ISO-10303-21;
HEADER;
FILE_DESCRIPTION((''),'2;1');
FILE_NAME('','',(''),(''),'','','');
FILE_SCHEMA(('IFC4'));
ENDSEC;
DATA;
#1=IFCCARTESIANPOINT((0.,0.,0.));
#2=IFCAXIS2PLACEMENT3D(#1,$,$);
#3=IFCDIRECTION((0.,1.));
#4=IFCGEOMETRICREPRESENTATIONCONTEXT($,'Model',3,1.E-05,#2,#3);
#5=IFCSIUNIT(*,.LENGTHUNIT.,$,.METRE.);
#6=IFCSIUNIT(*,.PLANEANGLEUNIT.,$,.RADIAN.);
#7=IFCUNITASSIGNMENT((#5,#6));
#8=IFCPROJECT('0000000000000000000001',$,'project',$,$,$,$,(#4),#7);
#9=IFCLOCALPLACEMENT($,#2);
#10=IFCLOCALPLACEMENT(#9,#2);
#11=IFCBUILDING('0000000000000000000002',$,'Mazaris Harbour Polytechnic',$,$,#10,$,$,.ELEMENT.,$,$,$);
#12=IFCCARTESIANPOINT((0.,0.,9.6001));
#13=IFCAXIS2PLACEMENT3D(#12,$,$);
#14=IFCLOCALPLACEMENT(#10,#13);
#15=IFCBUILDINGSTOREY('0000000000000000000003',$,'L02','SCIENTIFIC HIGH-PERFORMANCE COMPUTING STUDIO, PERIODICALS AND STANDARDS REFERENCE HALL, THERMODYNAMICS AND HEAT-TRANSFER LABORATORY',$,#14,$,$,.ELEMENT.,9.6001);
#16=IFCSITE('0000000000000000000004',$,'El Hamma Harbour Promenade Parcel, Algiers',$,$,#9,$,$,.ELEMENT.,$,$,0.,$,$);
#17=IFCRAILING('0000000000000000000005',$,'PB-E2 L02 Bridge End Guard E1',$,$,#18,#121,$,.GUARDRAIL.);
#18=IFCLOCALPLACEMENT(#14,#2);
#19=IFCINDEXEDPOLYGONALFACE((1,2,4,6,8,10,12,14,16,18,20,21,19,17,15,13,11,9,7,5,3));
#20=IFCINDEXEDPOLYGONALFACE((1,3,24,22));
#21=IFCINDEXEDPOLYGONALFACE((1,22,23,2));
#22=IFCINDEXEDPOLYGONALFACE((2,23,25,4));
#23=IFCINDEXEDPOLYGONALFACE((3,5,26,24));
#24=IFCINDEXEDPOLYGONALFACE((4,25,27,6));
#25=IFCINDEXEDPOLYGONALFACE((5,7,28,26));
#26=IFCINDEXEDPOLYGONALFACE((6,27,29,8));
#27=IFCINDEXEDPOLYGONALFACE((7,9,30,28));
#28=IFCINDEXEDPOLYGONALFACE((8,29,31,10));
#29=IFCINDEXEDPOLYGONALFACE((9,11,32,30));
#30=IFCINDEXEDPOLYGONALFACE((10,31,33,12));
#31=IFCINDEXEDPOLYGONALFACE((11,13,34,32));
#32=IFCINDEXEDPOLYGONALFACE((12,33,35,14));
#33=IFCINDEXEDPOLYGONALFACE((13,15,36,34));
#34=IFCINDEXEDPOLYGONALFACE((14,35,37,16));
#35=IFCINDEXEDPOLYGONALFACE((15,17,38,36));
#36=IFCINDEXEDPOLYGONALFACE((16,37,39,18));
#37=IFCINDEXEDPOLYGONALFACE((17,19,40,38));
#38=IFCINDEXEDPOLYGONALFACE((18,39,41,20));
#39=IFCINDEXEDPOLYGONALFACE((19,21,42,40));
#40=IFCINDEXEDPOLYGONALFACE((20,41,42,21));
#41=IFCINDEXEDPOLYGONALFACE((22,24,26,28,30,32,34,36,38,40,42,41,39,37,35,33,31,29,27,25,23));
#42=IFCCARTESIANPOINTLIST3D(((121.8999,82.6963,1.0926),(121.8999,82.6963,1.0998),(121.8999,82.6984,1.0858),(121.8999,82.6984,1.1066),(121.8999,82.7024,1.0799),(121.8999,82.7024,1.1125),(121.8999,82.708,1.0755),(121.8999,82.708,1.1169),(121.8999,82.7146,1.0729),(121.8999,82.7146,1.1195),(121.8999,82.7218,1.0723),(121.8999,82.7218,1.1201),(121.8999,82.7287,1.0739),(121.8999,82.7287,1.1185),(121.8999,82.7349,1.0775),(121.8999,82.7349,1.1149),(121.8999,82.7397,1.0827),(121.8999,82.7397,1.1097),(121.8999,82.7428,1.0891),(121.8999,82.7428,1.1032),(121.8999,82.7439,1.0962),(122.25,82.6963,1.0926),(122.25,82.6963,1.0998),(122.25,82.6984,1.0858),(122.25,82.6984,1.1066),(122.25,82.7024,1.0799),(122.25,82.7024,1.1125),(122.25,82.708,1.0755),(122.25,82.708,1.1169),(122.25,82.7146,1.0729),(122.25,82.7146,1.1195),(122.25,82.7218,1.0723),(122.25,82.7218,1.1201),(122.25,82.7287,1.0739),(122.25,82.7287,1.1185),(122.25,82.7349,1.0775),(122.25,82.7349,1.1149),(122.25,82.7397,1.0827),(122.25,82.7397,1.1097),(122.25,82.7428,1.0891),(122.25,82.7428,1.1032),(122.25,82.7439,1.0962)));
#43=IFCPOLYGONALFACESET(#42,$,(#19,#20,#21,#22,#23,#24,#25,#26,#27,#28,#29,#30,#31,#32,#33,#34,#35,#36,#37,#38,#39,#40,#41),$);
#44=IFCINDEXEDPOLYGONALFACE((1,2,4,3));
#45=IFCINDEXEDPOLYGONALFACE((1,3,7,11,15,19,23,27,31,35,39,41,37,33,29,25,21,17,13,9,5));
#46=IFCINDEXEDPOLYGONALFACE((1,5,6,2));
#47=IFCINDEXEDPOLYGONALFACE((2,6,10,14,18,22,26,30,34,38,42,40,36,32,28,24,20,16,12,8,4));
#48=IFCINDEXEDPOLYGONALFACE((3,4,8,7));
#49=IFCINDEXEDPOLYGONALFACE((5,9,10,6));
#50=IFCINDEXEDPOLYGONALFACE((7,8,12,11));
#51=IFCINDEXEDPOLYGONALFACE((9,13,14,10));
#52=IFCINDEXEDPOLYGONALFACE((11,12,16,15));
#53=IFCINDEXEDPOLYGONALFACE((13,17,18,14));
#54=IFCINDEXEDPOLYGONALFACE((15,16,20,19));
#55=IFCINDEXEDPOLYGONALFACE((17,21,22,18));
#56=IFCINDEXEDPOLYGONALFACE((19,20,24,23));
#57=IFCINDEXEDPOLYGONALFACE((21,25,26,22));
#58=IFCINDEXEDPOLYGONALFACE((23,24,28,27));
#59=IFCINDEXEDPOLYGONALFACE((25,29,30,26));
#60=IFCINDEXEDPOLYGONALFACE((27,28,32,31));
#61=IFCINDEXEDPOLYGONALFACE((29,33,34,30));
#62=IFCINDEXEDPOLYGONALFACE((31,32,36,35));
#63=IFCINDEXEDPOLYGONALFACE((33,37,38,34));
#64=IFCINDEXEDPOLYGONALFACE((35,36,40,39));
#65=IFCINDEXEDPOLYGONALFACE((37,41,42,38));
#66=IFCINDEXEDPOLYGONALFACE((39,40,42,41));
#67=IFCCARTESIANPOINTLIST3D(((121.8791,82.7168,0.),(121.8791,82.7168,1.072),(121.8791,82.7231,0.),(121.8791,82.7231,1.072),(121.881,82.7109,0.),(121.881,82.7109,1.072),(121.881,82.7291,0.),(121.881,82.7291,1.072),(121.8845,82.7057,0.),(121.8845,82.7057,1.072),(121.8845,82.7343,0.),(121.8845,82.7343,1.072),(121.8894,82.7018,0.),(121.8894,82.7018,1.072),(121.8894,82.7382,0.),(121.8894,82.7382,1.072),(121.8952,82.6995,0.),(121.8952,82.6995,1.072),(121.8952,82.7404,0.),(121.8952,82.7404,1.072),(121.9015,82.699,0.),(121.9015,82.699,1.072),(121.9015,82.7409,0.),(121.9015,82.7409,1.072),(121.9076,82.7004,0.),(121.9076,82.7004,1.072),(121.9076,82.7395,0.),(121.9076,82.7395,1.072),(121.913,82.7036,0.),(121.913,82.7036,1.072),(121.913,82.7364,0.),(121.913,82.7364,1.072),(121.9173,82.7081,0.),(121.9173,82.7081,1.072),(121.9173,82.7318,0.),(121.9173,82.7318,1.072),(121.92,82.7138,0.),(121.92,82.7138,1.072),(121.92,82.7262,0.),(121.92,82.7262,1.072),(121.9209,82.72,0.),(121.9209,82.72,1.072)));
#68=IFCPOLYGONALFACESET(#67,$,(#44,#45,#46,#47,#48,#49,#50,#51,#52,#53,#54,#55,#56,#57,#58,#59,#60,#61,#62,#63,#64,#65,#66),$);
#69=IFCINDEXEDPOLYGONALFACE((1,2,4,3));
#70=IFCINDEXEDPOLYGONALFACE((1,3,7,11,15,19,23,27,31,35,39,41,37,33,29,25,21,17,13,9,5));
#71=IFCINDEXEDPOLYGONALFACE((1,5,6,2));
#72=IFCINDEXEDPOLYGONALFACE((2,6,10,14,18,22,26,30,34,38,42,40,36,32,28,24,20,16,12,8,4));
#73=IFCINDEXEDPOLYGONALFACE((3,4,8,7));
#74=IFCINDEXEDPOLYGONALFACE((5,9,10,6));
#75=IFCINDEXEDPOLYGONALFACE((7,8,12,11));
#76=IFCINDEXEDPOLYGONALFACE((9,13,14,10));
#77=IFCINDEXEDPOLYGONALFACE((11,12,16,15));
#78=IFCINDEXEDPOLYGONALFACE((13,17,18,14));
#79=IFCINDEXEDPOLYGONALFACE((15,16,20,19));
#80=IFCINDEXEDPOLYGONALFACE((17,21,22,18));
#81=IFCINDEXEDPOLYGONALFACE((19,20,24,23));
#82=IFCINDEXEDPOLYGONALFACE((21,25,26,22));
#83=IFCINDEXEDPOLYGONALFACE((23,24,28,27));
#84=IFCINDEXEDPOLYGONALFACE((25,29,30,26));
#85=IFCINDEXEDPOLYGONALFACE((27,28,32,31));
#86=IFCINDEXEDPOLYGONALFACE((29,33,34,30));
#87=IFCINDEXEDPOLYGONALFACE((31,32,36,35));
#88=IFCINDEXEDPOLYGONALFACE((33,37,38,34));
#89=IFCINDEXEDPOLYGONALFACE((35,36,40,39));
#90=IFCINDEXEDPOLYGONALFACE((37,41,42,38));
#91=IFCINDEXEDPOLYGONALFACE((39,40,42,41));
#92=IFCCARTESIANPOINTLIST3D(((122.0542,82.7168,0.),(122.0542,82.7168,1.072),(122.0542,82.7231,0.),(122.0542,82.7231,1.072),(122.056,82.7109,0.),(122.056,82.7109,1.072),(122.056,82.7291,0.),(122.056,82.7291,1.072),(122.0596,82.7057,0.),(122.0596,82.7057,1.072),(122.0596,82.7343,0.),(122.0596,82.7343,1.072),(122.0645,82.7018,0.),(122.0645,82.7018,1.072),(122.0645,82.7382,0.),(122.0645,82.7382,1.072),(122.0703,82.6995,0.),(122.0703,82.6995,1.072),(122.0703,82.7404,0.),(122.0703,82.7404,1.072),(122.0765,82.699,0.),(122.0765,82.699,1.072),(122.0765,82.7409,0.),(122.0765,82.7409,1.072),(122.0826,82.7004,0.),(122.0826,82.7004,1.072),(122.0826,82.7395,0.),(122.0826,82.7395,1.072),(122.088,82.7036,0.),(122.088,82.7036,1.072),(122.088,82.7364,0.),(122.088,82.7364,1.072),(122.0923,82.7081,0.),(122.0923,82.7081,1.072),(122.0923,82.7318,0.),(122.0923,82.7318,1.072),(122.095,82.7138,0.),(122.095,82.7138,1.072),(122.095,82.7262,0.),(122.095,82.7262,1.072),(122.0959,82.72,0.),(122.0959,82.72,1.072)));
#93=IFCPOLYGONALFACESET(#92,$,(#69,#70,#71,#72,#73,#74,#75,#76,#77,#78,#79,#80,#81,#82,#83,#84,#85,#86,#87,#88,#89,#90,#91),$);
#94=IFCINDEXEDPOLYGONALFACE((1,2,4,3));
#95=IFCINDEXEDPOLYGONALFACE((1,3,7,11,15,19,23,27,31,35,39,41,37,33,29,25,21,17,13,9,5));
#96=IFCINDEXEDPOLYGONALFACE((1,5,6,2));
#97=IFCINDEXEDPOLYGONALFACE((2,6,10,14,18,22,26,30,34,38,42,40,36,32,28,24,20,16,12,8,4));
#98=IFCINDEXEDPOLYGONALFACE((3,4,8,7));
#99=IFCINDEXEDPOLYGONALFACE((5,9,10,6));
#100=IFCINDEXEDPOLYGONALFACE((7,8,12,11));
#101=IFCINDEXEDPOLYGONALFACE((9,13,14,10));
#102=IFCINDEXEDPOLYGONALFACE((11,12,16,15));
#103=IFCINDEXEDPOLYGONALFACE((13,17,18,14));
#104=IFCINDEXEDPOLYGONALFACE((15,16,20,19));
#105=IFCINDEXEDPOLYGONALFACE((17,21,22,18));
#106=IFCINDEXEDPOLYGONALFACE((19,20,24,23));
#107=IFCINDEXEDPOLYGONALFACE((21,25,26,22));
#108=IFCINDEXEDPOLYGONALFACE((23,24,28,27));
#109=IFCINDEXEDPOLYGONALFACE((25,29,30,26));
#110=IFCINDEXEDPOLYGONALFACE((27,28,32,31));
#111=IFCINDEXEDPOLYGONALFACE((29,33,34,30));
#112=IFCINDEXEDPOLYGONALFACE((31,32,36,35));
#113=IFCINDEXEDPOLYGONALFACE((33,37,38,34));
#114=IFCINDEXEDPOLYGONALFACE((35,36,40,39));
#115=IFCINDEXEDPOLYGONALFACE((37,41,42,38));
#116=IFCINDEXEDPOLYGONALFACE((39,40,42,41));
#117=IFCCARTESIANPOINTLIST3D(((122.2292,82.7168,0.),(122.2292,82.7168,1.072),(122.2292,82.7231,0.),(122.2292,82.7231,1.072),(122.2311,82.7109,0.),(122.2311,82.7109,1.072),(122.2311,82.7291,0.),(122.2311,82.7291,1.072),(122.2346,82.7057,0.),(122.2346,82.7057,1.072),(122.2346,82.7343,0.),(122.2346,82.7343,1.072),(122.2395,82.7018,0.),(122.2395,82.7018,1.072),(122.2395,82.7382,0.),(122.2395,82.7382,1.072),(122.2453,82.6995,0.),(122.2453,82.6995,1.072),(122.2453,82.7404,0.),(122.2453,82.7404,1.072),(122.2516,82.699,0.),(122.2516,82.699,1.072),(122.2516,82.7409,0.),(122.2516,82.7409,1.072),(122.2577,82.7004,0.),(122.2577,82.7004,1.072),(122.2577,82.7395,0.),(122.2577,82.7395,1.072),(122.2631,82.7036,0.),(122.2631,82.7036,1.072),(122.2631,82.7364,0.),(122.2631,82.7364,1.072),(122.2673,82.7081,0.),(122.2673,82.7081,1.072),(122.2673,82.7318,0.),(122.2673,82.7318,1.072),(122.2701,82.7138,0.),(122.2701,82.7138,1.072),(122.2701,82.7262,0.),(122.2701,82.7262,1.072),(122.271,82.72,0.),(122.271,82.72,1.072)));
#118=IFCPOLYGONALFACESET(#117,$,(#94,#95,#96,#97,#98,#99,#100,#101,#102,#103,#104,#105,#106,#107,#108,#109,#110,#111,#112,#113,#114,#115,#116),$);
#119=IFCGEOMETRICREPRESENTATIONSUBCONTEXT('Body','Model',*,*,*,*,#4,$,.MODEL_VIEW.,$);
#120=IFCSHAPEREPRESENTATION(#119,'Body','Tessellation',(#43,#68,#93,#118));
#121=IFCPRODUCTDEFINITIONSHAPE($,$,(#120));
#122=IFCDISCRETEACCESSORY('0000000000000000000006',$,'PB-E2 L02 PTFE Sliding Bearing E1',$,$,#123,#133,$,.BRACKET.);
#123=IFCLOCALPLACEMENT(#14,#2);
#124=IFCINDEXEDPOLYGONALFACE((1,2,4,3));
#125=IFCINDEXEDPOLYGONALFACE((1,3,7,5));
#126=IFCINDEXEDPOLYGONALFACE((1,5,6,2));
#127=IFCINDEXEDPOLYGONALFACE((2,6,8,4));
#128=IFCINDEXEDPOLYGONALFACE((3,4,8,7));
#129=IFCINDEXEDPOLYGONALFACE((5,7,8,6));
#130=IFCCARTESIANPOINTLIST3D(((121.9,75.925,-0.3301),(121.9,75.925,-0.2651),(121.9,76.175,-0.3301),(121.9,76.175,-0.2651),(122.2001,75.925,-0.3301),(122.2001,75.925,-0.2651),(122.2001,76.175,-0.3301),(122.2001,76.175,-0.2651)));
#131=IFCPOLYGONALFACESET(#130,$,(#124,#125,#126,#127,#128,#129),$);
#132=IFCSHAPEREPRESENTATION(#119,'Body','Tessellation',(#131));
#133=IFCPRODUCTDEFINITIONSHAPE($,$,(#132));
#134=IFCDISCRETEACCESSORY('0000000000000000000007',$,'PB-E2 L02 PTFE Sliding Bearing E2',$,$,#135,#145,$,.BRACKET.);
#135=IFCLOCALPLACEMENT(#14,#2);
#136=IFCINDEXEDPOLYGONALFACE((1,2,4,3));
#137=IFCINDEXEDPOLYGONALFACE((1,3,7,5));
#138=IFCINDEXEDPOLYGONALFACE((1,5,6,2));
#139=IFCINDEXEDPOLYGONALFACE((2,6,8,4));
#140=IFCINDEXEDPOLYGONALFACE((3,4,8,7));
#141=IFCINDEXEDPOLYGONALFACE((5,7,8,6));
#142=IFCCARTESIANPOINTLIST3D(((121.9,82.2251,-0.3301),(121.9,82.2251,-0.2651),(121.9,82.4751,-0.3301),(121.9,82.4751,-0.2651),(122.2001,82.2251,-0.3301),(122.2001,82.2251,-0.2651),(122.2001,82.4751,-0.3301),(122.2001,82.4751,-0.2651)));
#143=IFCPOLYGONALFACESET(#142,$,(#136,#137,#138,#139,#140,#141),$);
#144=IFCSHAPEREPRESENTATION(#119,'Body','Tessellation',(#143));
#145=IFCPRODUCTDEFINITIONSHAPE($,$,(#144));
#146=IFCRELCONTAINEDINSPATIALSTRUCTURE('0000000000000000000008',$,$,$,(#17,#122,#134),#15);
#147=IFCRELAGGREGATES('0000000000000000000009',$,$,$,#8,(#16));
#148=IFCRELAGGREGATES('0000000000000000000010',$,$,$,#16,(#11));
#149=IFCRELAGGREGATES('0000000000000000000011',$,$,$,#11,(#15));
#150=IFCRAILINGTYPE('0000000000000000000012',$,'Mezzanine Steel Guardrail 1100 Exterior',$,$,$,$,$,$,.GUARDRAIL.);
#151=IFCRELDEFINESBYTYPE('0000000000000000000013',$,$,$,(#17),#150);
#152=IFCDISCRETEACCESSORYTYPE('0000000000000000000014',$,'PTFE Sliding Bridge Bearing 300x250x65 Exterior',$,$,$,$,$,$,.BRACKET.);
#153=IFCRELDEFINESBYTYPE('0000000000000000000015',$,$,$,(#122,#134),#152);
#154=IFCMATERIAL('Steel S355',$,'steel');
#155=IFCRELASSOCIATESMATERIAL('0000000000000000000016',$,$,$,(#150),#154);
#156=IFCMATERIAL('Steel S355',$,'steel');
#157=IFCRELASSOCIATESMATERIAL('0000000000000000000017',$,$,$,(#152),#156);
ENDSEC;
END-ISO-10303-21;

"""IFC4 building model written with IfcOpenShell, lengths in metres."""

from ifc_helpers import new_model, si_unit, direction, frame, origin, origin_2d, place, context, subcontext, project, spatial, rectangle, circle, extrude, material, type_object, element, save


model = new_model("IFC4")

# Units and contexts
model_context = context("Model", 3, precision=1e-05, world=origin(), true_north=direction((0.0, 1.0)))
body_context = subcontext(model_context, "Body", "Model", "MODEL_VIEW")
ifc_project = project(units=[si_unit("LENGTHUNIT", "METRE"), si_unit("PLANEANGLEUNIT", "RADIAN")], contexts=[model_context])

# Site, building, storey
site_placement = place(None, origin())
site = spatial("IfcSite", under=ifc_project, at=site_placement, Name="El Hamma Harbour Promenade Parcel, Algiers", CompositionType="ELEMENT", RefElevation=0.0)
building_placement = place(site_placement, origin())
building = spatial("IfcBuilding", under=site, at=building_placement, Name="Mazaris Harbour Polytechnic", CompositionType="ELEMENT")
storey_placement = place(building_placement, frame((0.0, 0.0, 9.6001)))
storey = spatial("IfcBuildingStorey", under=building, at=storey_placement, Name="L02", Description="SCIENTIFIC HIGH-PERFORMANCE COMPUTING STUDIO, PERIODICALS AND STANDARDS REFERENCE HALL, THERMODYNAMICS AND HEAT-TRANSFER LABORATORY", CompositionType="ELEMENT", Elevation=9.6001)

# Railing
ifc_material_1 = material(Name="Steel S355", Category="steel")
railing_type = type_object("IfcRailingType", Name="Mezzanine Steel Guardrail 1100 Exterior", PredefinedType="GUARDRAIL", material=ifc_material_1)
for number, where, name in (
    (1, (121.8999, 82.72, 0.0), "PB-E2 L02 Bridge End Guard E1"),
):
    element("IfcRailing", number, at=place(storey_placement, frame(where)), inside=storey, type_object=railing_type, Name=name, PredefinedType="GUARDRAIL", context=body_context, shape_type="SweptSolid", body=[
        extrude(circle(Radius=0.0239, at=origin_2d()), frame((0.0, 0.0, 1.0962), z_axis=(1.0, 0.0, 0.0), x_axis=(0.0, 1.0, 0.0)), (0.0, 0.0, 1.0), 0.3501),
        extrude(circle(Radius=0.021, at=origin_2d()), origin(), (0.0, 0.0, 1.0), 1.072),
        extrude(circle(Radius=0.021, at=origin_2d()), frame((0.175, 0.0, 0.0)), (0.0, 0.0, 1.0), 1.072),
        extrude(circle(Radius=0.021, at=origin_2d()), frame((0.3501, 0.0, 0.0)), (0.0, 0.0, 1.0), 1.072),
    ])

# Discrete accessories
ifc_material_2 = material(Name="Steel S355", Category="steel")
discrete_accessory_type = type_object("IfcDiscreteAccessoryType", Name="PTFE Sliding Bridge Bearing 300x250x65 Exterior", PredefinedType="BRACKET", material=ifc_material_2)
for number, where, z_axis, x_axis, name in (
    (2, (122.05, 76.05, -0.3301), (0.0, 0.0, 1.0), (1.0, 0.0, 0.0), "PB-E2 L02 PTFE Sliding Bearing E1"),
    (3, (122.05, 82.3501, -0.3301), (0.0, 0.0, 1.0), (1.0, 0.0, 0.0), "PB-E2 L02 PTFE Sliding Bearing E2"),
):
    element("IfcDiscreteAccessory", number, at=place(storey_placement, frame(where, z_axis=z_axis, x_axis=x_axis)), inside=storey, type_object=discrete_accessory_type, Name=name, PredefinedType="BRACKET", context=body_context, shape_type="SweptSolid", body=[
        extrude(rectangle(XDim=0.3, YDim=0.25, at=origin_2d()), origin(), (0.0, 0.0, 1.0), 0.0649),
    ])

save(model, "model.ifc")
